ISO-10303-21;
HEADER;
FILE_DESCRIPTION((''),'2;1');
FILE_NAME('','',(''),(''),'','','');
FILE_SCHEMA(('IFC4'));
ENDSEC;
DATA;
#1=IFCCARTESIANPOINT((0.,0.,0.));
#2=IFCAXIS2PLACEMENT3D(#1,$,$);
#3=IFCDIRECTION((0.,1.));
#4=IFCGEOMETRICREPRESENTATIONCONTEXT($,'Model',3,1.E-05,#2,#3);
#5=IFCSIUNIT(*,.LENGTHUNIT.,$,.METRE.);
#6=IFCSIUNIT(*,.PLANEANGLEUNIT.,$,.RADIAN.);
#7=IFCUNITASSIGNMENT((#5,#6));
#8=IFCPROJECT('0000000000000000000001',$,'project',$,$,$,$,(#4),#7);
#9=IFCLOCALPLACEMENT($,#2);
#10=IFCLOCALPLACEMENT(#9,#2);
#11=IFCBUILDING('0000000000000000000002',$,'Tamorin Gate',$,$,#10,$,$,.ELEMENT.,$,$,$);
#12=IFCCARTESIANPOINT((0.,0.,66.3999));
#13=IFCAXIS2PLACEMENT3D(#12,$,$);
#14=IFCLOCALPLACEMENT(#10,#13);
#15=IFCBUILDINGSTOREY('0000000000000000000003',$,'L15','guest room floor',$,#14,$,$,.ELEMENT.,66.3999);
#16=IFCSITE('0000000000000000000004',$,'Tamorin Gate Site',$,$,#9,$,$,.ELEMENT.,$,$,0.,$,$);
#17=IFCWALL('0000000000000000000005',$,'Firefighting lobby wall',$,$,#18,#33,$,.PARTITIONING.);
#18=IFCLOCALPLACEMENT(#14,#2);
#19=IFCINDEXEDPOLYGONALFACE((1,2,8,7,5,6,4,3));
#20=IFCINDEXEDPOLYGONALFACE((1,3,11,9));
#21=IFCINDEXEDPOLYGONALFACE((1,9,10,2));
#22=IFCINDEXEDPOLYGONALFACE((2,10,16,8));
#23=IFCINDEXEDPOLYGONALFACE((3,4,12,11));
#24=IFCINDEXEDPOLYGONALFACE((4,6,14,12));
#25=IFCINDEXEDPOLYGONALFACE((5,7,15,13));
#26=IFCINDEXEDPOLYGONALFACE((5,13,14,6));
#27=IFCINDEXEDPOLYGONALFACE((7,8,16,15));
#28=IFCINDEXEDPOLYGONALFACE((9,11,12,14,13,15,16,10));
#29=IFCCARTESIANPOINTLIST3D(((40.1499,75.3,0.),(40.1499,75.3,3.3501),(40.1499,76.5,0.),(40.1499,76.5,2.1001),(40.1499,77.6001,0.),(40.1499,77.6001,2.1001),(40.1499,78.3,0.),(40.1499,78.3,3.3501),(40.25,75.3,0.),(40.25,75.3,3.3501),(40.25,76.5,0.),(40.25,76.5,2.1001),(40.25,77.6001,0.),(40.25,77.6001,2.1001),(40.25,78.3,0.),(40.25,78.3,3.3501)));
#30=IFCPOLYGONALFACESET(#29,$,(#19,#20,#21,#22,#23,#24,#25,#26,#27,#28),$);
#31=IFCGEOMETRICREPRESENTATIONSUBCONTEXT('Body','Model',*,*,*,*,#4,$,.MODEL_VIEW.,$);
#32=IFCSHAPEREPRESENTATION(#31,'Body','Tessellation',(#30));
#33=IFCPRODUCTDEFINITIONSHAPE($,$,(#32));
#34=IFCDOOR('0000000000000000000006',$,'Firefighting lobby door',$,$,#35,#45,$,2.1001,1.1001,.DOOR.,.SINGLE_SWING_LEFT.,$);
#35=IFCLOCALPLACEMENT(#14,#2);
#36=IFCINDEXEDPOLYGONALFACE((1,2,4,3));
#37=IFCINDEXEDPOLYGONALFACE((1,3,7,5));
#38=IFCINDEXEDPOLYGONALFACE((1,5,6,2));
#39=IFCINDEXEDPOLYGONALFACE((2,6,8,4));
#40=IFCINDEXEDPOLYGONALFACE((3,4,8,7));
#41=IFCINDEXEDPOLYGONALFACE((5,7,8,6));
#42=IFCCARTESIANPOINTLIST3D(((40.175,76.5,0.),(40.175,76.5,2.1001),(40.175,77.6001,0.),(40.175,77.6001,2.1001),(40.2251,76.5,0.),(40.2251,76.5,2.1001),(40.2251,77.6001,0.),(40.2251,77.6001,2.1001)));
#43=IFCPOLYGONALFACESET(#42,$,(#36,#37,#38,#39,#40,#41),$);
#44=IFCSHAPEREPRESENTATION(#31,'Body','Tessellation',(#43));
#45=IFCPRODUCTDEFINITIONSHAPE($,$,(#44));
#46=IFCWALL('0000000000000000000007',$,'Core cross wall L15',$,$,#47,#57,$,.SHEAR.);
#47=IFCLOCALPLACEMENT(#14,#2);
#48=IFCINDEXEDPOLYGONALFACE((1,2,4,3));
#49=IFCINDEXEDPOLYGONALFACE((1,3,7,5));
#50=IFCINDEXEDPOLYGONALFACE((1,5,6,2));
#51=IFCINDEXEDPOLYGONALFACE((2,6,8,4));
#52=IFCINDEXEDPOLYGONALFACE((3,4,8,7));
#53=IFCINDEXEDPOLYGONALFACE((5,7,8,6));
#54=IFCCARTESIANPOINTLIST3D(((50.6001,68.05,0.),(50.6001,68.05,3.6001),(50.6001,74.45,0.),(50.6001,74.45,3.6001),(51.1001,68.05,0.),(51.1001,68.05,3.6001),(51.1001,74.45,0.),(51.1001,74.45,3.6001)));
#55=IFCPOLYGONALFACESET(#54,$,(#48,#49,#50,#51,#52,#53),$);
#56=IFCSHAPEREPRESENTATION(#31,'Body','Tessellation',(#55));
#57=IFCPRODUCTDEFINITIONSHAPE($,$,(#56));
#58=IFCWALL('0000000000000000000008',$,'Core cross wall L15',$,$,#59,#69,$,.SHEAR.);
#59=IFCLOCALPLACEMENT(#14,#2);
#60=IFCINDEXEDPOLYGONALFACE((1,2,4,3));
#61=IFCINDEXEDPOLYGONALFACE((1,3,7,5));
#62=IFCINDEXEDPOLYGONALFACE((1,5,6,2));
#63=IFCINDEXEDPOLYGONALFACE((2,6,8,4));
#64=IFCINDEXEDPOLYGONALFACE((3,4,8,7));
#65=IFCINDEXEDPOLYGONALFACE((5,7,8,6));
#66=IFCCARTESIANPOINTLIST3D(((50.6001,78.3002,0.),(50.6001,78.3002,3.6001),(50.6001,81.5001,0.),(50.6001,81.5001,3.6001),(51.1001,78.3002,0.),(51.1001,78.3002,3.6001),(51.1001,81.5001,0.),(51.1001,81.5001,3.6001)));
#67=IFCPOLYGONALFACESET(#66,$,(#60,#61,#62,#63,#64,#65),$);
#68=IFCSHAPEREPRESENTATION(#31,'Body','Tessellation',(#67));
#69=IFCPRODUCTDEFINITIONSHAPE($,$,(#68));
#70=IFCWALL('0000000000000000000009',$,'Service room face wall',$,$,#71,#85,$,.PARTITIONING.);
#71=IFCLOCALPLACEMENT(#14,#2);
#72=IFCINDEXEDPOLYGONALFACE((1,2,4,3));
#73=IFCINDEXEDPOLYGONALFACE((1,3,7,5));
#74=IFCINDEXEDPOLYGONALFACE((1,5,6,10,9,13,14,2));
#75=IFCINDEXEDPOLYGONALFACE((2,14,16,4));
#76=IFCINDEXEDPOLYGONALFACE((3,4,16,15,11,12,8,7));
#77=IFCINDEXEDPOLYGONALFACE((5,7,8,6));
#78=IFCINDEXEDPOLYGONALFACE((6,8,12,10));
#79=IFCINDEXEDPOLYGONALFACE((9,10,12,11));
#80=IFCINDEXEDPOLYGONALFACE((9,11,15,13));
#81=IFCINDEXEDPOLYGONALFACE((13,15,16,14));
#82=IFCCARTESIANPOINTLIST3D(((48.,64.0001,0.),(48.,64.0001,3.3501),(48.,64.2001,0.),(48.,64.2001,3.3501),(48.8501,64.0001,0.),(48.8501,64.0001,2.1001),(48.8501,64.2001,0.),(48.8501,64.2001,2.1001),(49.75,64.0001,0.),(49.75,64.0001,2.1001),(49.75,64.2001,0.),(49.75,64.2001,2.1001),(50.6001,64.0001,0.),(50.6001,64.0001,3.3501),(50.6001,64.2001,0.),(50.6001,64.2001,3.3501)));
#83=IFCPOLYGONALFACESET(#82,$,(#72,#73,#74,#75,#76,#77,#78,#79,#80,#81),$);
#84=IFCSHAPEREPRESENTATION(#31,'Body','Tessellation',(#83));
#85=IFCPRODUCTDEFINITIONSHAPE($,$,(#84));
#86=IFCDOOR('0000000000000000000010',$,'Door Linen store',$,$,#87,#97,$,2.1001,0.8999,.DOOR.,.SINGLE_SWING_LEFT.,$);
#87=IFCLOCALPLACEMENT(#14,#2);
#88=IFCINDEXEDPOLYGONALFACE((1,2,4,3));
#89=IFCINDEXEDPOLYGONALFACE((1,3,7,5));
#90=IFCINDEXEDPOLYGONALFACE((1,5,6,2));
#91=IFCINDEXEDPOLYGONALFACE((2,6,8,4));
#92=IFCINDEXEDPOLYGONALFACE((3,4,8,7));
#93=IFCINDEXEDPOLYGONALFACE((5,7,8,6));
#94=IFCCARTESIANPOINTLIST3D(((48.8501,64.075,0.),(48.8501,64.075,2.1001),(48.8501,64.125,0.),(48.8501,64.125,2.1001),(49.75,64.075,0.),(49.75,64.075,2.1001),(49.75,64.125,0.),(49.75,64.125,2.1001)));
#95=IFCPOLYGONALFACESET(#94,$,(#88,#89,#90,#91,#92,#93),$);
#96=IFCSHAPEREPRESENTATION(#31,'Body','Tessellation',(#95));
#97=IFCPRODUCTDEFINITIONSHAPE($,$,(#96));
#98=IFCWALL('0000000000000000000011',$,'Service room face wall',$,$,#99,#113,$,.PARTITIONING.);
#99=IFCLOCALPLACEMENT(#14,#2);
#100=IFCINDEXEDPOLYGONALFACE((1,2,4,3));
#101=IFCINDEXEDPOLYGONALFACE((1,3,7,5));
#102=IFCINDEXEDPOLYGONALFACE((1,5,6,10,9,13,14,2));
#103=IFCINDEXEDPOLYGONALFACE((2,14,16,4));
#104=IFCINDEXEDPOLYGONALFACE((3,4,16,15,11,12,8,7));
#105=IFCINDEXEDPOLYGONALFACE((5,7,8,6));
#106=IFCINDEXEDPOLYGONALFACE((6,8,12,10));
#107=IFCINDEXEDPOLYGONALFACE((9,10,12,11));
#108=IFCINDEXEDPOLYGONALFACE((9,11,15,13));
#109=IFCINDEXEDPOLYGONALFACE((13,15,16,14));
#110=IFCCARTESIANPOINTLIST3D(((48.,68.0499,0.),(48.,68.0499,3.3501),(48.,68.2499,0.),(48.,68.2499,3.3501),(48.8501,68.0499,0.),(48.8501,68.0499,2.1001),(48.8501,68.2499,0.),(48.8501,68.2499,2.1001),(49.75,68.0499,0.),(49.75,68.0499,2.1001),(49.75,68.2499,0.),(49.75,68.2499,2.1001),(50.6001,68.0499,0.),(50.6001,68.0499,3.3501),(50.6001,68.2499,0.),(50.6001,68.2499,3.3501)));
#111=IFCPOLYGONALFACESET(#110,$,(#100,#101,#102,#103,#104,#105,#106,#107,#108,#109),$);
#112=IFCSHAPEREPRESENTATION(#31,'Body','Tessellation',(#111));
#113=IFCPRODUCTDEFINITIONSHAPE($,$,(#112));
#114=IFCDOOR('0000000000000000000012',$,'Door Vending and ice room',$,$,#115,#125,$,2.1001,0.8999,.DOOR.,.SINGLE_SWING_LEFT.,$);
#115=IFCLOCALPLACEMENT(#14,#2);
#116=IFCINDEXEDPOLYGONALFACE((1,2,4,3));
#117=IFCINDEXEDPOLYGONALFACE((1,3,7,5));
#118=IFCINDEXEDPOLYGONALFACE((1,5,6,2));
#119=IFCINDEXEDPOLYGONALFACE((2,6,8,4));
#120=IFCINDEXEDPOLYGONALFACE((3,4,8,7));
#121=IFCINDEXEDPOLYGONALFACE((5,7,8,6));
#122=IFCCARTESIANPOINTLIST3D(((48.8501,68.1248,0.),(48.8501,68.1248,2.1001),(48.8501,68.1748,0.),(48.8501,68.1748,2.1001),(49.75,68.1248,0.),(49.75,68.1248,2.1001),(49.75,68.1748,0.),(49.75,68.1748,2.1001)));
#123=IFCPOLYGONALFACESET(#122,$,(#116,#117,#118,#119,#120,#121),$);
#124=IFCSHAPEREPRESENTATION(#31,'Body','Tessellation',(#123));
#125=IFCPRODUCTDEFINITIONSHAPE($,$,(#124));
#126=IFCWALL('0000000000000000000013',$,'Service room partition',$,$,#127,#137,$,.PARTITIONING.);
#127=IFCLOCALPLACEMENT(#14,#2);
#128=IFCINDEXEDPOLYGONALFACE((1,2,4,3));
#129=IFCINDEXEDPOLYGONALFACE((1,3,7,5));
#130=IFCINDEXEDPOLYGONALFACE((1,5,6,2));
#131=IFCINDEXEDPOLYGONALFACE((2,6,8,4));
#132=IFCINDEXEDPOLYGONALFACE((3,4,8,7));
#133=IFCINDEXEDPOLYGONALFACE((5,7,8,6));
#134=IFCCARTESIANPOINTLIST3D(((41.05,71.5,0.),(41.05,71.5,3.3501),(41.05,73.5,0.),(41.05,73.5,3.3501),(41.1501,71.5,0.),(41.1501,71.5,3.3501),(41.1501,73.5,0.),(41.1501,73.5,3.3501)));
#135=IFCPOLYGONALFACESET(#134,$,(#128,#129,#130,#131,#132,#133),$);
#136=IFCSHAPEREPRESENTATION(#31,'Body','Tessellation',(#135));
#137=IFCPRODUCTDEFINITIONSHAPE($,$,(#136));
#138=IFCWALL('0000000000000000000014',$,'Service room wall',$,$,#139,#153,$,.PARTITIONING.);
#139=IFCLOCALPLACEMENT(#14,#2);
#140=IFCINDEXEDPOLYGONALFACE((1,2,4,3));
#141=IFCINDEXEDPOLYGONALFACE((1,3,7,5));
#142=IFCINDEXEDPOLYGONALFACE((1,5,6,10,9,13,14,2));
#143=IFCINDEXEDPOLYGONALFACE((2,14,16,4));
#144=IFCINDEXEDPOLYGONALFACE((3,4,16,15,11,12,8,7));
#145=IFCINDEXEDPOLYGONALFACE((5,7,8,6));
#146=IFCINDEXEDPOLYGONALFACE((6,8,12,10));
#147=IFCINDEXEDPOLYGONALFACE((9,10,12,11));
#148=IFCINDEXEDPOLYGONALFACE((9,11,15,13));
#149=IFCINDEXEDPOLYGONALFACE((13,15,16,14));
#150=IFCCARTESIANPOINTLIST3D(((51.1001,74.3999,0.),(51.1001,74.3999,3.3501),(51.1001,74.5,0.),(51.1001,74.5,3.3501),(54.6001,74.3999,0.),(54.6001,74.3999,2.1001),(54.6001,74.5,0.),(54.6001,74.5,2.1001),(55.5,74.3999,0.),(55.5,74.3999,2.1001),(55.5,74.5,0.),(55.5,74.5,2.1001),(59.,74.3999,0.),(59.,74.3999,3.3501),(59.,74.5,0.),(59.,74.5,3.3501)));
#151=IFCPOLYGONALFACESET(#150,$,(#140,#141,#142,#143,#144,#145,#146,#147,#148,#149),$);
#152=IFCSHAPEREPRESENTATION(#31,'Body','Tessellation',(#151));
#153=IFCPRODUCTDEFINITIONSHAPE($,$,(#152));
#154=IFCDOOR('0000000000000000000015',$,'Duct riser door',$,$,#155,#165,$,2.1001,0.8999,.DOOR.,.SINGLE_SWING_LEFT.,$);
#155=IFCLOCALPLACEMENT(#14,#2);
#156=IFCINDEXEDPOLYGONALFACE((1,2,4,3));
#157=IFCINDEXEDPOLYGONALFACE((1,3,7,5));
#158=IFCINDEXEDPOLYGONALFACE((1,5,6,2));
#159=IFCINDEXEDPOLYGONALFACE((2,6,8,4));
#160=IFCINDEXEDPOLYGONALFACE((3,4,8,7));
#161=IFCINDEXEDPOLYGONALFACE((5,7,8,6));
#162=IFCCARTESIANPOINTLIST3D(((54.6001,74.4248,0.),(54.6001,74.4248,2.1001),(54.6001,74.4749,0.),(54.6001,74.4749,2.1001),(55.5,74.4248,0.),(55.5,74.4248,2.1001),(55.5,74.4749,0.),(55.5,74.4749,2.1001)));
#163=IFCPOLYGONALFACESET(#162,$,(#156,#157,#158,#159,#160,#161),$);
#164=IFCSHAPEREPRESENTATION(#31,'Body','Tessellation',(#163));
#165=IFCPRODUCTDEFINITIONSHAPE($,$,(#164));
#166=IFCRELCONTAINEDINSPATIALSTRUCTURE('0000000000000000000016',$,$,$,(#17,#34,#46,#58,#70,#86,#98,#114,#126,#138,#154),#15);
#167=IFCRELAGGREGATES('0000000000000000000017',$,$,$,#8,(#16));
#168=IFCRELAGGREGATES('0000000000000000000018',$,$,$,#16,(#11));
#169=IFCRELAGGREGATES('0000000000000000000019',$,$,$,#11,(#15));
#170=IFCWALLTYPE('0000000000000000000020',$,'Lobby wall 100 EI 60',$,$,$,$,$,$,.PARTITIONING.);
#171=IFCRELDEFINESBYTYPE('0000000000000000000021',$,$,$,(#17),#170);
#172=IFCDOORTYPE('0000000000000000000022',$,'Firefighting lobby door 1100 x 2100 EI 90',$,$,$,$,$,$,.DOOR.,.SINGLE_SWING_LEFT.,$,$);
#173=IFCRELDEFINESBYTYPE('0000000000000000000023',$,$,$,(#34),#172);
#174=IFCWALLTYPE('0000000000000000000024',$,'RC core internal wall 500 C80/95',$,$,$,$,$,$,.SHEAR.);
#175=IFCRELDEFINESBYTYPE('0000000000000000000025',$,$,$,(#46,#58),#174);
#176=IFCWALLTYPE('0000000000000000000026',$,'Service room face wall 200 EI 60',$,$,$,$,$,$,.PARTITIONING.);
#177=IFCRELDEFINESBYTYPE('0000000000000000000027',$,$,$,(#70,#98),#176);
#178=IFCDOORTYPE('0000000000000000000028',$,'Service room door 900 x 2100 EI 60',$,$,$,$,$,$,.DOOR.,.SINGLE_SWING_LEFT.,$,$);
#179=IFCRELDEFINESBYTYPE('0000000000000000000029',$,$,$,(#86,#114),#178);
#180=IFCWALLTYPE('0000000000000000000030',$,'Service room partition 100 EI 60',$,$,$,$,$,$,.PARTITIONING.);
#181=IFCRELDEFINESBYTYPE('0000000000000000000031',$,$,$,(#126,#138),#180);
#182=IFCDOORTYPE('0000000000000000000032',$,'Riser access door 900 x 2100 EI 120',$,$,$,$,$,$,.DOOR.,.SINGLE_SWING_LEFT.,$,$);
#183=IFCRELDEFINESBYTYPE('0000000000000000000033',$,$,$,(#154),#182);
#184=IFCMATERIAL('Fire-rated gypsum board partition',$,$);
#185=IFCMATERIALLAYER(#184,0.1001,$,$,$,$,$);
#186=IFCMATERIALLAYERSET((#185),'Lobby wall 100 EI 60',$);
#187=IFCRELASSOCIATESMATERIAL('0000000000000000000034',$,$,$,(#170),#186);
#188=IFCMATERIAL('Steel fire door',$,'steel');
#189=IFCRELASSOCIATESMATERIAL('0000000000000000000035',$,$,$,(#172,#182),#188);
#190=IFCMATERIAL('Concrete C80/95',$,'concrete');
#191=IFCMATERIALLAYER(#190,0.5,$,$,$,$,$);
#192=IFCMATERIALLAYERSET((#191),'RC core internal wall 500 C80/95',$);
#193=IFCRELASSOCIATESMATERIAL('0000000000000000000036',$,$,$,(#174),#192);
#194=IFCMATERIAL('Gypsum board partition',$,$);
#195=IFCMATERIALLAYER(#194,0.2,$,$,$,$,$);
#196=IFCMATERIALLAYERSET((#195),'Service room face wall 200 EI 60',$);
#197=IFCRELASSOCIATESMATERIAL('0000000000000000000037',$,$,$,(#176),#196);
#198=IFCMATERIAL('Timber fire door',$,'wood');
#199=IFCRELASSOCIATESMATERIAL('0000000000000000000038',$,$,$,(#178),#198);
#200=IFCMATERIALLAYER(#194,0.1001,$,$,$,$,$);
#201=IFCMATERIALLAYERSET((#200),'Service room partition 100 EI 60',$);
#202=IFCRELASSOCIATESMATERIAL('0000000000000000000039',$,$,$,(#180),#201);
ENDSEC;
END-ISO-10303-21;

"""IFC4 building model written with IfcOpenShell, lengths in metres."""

from ifc_helpers import new_model, si_unit, direction, frame, frame_2d, origin, place, context, subcontext, project, spatial, rectangle, extrude, material, layer, layer_set, type_object, element, fill, save


model = new_model("IFC4")

# Units and contexts
model_context = context("Model", 3, precision=1e-05, world=origin(), true_north=direction((0.0, 1.0)))
body_context = subcontext(model_context, "Body", "Model", "MODEL_VIEW")
ifc_project = project(units=[si_unit("LENGTHUNIT", "METRE"), si_unit("PLANEANGLEUNIT", "RADIAN")], contexts=[model_context])

# Site, building, storey
site_placement = place(None, origin())
site = spatial("IfcSite", under=ifc_project, at=site_placement, Name="Tamorin Gate Site", CompositionType="ELEMENT", RefElevation=0.0)
building_placement = place(site_placement, origin())
building = spatial("IfcBuilding", under=site, at=building_placement, Name="Tamorin Gate", CompositionType="ELEMENT")
storey_placement = place(building_placement, frame((0.0, 0.0, 66.3999)))
storey = spatial("IfcBuildingStorey", under=building, at=storey_placement, Name="L15", Description="guest room floor", CompositionType="ELEMENT", Elevation=66.3999)

# Shared definitions
ifc_material_1 = material(Name="Concrete C80/95", Category="concrete")

# Shared definitions
ifc_material_2 = material(Name="Fire-rated gypsum board partition")
ifc_layer_1 = layer(ifc_material_2, 0.1001)
ifc_layer_set_1 = layer_set([ifc_layer_1], Name="Lobby wall 100 EI 60")
wall_type_1 = type_object("IfcWallType", Name="Lobby wall 100 EI 60", PredefinedType="PARTITIONING", material=ifc_layer_set_1)

# Wall, opening, door
wall_1_placement = place(storey_placement, frame((40.2, 75.3, 0.0), z_axis=(0.0, 0.0, 1.0), x_axis=(0.0, 1.0, 0.0)))
wall_1 = element("IfcWall", 1, at=wall_1_placement, inside=storey, type_object=wall_type_1, Name="Firefighting lobby wall", PredefinedType="PARTITIONING", context=body_context, shape_type="SweptSolid", body=[
    extrude(rectangle(XDim=3.0, YDim=0.1001, at=frame_2d((1.5, 0.0))), origin(), (0.0, 0.0, 1.0), 3.3501),
])
opening_1_placement = place(wall_1_placement, frame((1.2, 0.0, 0.0)))
opening_1 = element("IfcOpeningElement", 2, at=opening_1_placement, cuts=wall_1, PredefinedType="OPENING", context=body_context, shape_type="SweptSolid", body=[
    extrude(rectangle(XDim=1.1001, YDim=2.1001, at=frame_2d((0.55, 1.05))), frame((0.0, 0.0601, 0.0), z_axis=(0.0, -1.0, 0.0), x_axis=(1.0, 0.0, 0.0)), (0.0, 0.0, 1.0), 0.1201),
])
ifc_material_3 = material(Name="Steel fire door", Category="steel")
door_type_1 = type_object("IfcDoorType", Name="Firefighting lobby door 1100 x 2100 EI 90", OperationType="SINGLE_SWING_LEFT", PredefinedType="DOOR", material=ifc_material_3)
door_1_placement = place(opening_1_placement, origin())
door_1 = element("IfcDoor", 3, at=door_1_placement, inside=storey, type_object=door_type_1, Name="Firefighting lobby door", OperationType="SINGLE_SWING_LEFT", OverallHeight=2.1001, OverallWidth=1.1001, PredefinedType="DOOR", context=body_context, shape_type="SweptSolid", body=[
    extrude(rectangle(XDim=1.1001, YDim=2.1001, at=frame_2d((0.55, 1.05))), frame((0.0, 0.0249, 0.0), z_axis=(0.0, -1.0, 0.0), x_axis=(1.0, 0.0, 0.0)), (0.0, 0.0, 1.0), 0.05),
])
fill(opening_1, door_1)

# Walls
ifc_layer_2 = layer(ifc_material_1, 0.5)
ifc_layer_set_2 = layer_set([ifc_layer_2], Name="RC core internal wall 500 C80/95")
wall_type_2 = type_object("IfcWallType", Name="RC core internal wall 500 C80/95", PredefinedType="SHEAR", material=ifc_layer_set_2)
wall_2_placement = place(storey_placement, frame((50.8501, 68.05, 0.0), z_axis=(0.0, 0.0, 1.0), x_axis=(0.0, 1.0, 0.0)))
element("IfcWall", 4, at=wall_2_placement, inside=storey, type_object=wall_type_2, Name="Core cross wall L15", PredefinedType="SHEAR", context=body_context, shape_type="SweptSolid", body=[
    extrude(rectangle(XDim=6.3999, YDim=0.5, at=frame_2d((3.2, 0.0))), origin(), (0.0, 0.0, 1.0), 3.6001),
])
wall_3_placement = place(storey_placement, frame((50.8501, 78.3, 0.0), z_axis=(0.0, 0.0, 1.0), x_axis=(0.0, 1.0, 0.0)))
element("IfcWall", 5, at=wall_3_placement, inside=storey, type_object=wall_type_2, Name="Core cross wall L15", PredefinedType="SHEAR", context=body_context, shape_type="SweptSolid", body=[
    extrude(rectangle(XDim=3.2, YDim=0.5, at=frame_2d((1.6001, 0.0))), origin(), (0.0, 0.0, 1.0), 3.6001),
])

# Walls, openings, doors
ifc_material_4 = material(Name="Gypsum board partition")
ifc_layer_3 = layer(ifc_material_4, 0.2)
ifc_layer_set_3 = layer_set([ifc_layer_3], Name="Service room face wall 200 EI 60")
wall_type_3 = type_object("IfcWallType", Name="Service room face wall 200 EI 60", PredefinedType="PARTITIONING", material=ifc_layer_set_3)
wall_4_placement = place(storey_placement, frame((48.0, 64.1001, 0.0), z_axis=(0.0, 0.0, 1.0), x_axis=(1.0, 0.0, 0.0)))
wall_4 = element("IfcWall", 6, at=wall_4_placement, inside=storey, type_object=wall_type_3, Name="Service room face wall", PredefinedType="PARTITIONING", context=body_context, shape_type="SweptSolid", body=[
    extrude(rectangle(XDim=2.6001, YDim=0.2, at=frame_2d((1.3, 0.0))), origin(), (0.0, 0.0, 1.0), 3.3501),
])
opening_2_placement = place(wall_4_placement, frame((0.8501, 0.0, 0.0)))
opening_2 = element("IfcOpeningElement", 7, at=opening_2_placement, cuts=wall_4, PredefinedType="OPENING", context=body_context, shape_type="SweptSolid", body=[
    extrude(rectangle(XDim=0.8999, YDim=2.1001, at=frame_2d((0.45, 1.05))), frame((0.0, 0.1099, 0.0), z_axis=(0.0, -1.0, 0.0), x_axis=(1.0, 0.0, 0.0)), (0.0, 0.0, 1.0), 0.22),
])
ifc_material_5 = material(Name="Timber fire door", Category="wood")
door_type_2 = type_object("IfcDoorType", Name="Service room door 900 x 2100 EI 60", OperationType="SINGLE_SWING_LEFT", PredefinedType="DOOR", material=ifc_material_5)
door_2_placement = place(opening_2_placement, origin())
door_2 = element("IfcDoor", 8, at=door_2_placement, inside=storey, type_object=door_type_2, Name="Door Linen store", OperationType="SINGLE_SWING_LEFT", OverallHeight=2.1001, OverallWidth=0.8999, PredefinedType="DOOR", context=body_context, shape_type="SweptSolid", body=[
    extrude(rectangle(XDim=0.8999, YDim=2.1001, at=frame_2d((0.45, 1.05))), frame((0.0, 0.0249, 0.0), z_axis=(0.0, -1.0, 0.0), x_axis=(1.0, 0.0, 0.0)), (0.0, 0.0, 1.0), 0.05),
])
fill(opening_2, door_2)
wall_5_placement = place(storey_placement, frame((48.0, 68.1499, 0.0), z_axis=(0.0, 0.0, 1.0), x_axis=(1.0, 0.0, 0.0)))
wall_5 = element("IfcWall", 9, at=wall_5_placement, inside=storey, type_object=wall_type_3, Name="Service room face wall", PredefinedType="PARTITIONING", context=body_context, shape_type="SweptSolid", body=[
    extrude(rectangle(XDim=2.6001, YDim=0.2, at=frame_2d((1.3, 0.0))), origin(), (0.0, 0.0, 1.0), 3.3501),
])
opening_3_placement = place(wall_5_placement, frame((0.8501, 0.0, 0.0)))
opening_3 = element("IfcOpeningElement", 10, at=opening_3_placement, cuts=wall_5, PredefinedType="OPENING", context=body_context, shape_type="SweptSolid", body=[
    extrude(rectangle(XDim=0.8999, YDim=2.1001, at=frame_2d((0.45, 1.05))), frame((0.0, 0.1099, 0.0), z_axis=(0.0, -1.0, 0.0), x_axis=(1.0, 0.0, 0.0)), (0.0, 0.0, 1.0), 0.22),
])
door_3_placement = place(opening_3_placement, origin())
door_3 = element("IfcDoor", 11, at=door_3_placement, inside=storey, type_object=door_type_2, Name="Door Vending and ice room", OperationType="SINGLE_SWING_LEFT", OverallHeight=2.1001, OverallWidth=0.8999, PredefinedType="DOOR", context=body_context, shape_type="SweptSolid", body=[
    extrude(rectangle(XDim=0.8999, YDim=2.1001, at=frame_2d((0.45, 1.05))), frame((0.0, 0.0249, 0.0), z_axis=(0.0, -1.0, 0.0), x_axis=(1.0, 0.0, 0.0)), (0.0, 0.0, 1.0), 0.05),
])
fill(opening_3, door_3)

# Wall
ifc_layer_4 = layer(ifc_material_4, 0.1001)
ifc_layer_set_4 = layer_set([ifc_layer_4], Name="Service room partition 100 EI 60")
wall_type_4 = type_object("IfcWallType", Name="Service room partition 100 EI 60", PredefinedType="PARTITIONING", material=ifc_layer_set_4)
wall_6_placement = place(storey_placement, frame((41.1001, 71.5, 0.0), z_axis=(0.0, 0.0, 1.0), x_axis=(0.0, 1.0, 0.0)))
element("IfcWall", 12, at=wall_6_placement, inside=storey, type_object=wall_type_4, Name="Service room partition", PredefinedType="PARTITIONING", context=body_context, shape_type="SweptSolid", body=[
    extrude(rectangle(XDim=2.0, YDim=0.1001, at=frame_2d((1.0, 0.0))), origin(), (0.0, 0.0, 1.0), 3.3501),
])

# Wall, opening, door
wall_7_placement = place(storey_placement, frame((51.1001, 74.45, 0.0), z_axis=(0.0, 0.0, 1.0), x_axis=(1.0, 0.0, 0.0)))
wall_7 = element("IfcWall", 13, at=wall_7_placement, inside=storey, type_object=wall_type_4, Name="Service room wall", PredefinedType="PARTITIONING", context=body_context, shape_type="SweptSolid", body=[
    extrude(rectangle(XDim=7.8999, YDim=0.1001, at=frame_2d((3.95, 0.0))), origin(), (0.0, 0.0, 1.0), 3.3501),
])
opening_4_placement = place(wall_7_placement, frame((3.5, 0.0, 0.0)))
opening_4 = element("IfcOpeningElement", 14, at=opening_4_placement, cuts=wall_7, PredefinedType="OPENING", context=body_context, shape_type="SweptSolid", body=[
    extrude(rectangle(XDim=0.8999, YDim=2.1001, at=frame_2d((0.45, 1.05))), frame((0.0, 0.0601, 0.0), z_axis=(0.0, -1.0, 0.0), x_axis=(1.0, 0.0, 0.0)), (0.0, 0.0, 1.0), 0.1201),
])
door_type_3 = type_object("IfcDoorType", Name="Riser access door 900 x 2100 EI 120", OperationType="SINGLE_SWING_LEFT", PredefinedType="DOOR", material=ifc_material_3)
door_4_placement = place(opening_4_placement, origin())
door_4 = element("IfcDoor", 15, at=door_4_placement, inside=storey, type_object=door_type_3, Name="Duct riser door", OperationType="SINGLE_SWING_LEFT", OverallHeight=2.1001, OverallWidth=0.8999, PredefinedType="DOOR", context=body_context, shape_type="SweptSolid", body=[
    extrude(rectangle(XDim=0.8999, YDim=2.1001, at=frame_2d((0.45, 1.05))), frame((0.0, 0.0249, 0.0), z_axis=(0.0, -1.0, 0.0), x_axis=(1.0, 0.0, 0.0)), (0.0, 0.0, 1.0), 0.05),
])
fill(opening_4, door_4)

save(model, "model.ifc")
